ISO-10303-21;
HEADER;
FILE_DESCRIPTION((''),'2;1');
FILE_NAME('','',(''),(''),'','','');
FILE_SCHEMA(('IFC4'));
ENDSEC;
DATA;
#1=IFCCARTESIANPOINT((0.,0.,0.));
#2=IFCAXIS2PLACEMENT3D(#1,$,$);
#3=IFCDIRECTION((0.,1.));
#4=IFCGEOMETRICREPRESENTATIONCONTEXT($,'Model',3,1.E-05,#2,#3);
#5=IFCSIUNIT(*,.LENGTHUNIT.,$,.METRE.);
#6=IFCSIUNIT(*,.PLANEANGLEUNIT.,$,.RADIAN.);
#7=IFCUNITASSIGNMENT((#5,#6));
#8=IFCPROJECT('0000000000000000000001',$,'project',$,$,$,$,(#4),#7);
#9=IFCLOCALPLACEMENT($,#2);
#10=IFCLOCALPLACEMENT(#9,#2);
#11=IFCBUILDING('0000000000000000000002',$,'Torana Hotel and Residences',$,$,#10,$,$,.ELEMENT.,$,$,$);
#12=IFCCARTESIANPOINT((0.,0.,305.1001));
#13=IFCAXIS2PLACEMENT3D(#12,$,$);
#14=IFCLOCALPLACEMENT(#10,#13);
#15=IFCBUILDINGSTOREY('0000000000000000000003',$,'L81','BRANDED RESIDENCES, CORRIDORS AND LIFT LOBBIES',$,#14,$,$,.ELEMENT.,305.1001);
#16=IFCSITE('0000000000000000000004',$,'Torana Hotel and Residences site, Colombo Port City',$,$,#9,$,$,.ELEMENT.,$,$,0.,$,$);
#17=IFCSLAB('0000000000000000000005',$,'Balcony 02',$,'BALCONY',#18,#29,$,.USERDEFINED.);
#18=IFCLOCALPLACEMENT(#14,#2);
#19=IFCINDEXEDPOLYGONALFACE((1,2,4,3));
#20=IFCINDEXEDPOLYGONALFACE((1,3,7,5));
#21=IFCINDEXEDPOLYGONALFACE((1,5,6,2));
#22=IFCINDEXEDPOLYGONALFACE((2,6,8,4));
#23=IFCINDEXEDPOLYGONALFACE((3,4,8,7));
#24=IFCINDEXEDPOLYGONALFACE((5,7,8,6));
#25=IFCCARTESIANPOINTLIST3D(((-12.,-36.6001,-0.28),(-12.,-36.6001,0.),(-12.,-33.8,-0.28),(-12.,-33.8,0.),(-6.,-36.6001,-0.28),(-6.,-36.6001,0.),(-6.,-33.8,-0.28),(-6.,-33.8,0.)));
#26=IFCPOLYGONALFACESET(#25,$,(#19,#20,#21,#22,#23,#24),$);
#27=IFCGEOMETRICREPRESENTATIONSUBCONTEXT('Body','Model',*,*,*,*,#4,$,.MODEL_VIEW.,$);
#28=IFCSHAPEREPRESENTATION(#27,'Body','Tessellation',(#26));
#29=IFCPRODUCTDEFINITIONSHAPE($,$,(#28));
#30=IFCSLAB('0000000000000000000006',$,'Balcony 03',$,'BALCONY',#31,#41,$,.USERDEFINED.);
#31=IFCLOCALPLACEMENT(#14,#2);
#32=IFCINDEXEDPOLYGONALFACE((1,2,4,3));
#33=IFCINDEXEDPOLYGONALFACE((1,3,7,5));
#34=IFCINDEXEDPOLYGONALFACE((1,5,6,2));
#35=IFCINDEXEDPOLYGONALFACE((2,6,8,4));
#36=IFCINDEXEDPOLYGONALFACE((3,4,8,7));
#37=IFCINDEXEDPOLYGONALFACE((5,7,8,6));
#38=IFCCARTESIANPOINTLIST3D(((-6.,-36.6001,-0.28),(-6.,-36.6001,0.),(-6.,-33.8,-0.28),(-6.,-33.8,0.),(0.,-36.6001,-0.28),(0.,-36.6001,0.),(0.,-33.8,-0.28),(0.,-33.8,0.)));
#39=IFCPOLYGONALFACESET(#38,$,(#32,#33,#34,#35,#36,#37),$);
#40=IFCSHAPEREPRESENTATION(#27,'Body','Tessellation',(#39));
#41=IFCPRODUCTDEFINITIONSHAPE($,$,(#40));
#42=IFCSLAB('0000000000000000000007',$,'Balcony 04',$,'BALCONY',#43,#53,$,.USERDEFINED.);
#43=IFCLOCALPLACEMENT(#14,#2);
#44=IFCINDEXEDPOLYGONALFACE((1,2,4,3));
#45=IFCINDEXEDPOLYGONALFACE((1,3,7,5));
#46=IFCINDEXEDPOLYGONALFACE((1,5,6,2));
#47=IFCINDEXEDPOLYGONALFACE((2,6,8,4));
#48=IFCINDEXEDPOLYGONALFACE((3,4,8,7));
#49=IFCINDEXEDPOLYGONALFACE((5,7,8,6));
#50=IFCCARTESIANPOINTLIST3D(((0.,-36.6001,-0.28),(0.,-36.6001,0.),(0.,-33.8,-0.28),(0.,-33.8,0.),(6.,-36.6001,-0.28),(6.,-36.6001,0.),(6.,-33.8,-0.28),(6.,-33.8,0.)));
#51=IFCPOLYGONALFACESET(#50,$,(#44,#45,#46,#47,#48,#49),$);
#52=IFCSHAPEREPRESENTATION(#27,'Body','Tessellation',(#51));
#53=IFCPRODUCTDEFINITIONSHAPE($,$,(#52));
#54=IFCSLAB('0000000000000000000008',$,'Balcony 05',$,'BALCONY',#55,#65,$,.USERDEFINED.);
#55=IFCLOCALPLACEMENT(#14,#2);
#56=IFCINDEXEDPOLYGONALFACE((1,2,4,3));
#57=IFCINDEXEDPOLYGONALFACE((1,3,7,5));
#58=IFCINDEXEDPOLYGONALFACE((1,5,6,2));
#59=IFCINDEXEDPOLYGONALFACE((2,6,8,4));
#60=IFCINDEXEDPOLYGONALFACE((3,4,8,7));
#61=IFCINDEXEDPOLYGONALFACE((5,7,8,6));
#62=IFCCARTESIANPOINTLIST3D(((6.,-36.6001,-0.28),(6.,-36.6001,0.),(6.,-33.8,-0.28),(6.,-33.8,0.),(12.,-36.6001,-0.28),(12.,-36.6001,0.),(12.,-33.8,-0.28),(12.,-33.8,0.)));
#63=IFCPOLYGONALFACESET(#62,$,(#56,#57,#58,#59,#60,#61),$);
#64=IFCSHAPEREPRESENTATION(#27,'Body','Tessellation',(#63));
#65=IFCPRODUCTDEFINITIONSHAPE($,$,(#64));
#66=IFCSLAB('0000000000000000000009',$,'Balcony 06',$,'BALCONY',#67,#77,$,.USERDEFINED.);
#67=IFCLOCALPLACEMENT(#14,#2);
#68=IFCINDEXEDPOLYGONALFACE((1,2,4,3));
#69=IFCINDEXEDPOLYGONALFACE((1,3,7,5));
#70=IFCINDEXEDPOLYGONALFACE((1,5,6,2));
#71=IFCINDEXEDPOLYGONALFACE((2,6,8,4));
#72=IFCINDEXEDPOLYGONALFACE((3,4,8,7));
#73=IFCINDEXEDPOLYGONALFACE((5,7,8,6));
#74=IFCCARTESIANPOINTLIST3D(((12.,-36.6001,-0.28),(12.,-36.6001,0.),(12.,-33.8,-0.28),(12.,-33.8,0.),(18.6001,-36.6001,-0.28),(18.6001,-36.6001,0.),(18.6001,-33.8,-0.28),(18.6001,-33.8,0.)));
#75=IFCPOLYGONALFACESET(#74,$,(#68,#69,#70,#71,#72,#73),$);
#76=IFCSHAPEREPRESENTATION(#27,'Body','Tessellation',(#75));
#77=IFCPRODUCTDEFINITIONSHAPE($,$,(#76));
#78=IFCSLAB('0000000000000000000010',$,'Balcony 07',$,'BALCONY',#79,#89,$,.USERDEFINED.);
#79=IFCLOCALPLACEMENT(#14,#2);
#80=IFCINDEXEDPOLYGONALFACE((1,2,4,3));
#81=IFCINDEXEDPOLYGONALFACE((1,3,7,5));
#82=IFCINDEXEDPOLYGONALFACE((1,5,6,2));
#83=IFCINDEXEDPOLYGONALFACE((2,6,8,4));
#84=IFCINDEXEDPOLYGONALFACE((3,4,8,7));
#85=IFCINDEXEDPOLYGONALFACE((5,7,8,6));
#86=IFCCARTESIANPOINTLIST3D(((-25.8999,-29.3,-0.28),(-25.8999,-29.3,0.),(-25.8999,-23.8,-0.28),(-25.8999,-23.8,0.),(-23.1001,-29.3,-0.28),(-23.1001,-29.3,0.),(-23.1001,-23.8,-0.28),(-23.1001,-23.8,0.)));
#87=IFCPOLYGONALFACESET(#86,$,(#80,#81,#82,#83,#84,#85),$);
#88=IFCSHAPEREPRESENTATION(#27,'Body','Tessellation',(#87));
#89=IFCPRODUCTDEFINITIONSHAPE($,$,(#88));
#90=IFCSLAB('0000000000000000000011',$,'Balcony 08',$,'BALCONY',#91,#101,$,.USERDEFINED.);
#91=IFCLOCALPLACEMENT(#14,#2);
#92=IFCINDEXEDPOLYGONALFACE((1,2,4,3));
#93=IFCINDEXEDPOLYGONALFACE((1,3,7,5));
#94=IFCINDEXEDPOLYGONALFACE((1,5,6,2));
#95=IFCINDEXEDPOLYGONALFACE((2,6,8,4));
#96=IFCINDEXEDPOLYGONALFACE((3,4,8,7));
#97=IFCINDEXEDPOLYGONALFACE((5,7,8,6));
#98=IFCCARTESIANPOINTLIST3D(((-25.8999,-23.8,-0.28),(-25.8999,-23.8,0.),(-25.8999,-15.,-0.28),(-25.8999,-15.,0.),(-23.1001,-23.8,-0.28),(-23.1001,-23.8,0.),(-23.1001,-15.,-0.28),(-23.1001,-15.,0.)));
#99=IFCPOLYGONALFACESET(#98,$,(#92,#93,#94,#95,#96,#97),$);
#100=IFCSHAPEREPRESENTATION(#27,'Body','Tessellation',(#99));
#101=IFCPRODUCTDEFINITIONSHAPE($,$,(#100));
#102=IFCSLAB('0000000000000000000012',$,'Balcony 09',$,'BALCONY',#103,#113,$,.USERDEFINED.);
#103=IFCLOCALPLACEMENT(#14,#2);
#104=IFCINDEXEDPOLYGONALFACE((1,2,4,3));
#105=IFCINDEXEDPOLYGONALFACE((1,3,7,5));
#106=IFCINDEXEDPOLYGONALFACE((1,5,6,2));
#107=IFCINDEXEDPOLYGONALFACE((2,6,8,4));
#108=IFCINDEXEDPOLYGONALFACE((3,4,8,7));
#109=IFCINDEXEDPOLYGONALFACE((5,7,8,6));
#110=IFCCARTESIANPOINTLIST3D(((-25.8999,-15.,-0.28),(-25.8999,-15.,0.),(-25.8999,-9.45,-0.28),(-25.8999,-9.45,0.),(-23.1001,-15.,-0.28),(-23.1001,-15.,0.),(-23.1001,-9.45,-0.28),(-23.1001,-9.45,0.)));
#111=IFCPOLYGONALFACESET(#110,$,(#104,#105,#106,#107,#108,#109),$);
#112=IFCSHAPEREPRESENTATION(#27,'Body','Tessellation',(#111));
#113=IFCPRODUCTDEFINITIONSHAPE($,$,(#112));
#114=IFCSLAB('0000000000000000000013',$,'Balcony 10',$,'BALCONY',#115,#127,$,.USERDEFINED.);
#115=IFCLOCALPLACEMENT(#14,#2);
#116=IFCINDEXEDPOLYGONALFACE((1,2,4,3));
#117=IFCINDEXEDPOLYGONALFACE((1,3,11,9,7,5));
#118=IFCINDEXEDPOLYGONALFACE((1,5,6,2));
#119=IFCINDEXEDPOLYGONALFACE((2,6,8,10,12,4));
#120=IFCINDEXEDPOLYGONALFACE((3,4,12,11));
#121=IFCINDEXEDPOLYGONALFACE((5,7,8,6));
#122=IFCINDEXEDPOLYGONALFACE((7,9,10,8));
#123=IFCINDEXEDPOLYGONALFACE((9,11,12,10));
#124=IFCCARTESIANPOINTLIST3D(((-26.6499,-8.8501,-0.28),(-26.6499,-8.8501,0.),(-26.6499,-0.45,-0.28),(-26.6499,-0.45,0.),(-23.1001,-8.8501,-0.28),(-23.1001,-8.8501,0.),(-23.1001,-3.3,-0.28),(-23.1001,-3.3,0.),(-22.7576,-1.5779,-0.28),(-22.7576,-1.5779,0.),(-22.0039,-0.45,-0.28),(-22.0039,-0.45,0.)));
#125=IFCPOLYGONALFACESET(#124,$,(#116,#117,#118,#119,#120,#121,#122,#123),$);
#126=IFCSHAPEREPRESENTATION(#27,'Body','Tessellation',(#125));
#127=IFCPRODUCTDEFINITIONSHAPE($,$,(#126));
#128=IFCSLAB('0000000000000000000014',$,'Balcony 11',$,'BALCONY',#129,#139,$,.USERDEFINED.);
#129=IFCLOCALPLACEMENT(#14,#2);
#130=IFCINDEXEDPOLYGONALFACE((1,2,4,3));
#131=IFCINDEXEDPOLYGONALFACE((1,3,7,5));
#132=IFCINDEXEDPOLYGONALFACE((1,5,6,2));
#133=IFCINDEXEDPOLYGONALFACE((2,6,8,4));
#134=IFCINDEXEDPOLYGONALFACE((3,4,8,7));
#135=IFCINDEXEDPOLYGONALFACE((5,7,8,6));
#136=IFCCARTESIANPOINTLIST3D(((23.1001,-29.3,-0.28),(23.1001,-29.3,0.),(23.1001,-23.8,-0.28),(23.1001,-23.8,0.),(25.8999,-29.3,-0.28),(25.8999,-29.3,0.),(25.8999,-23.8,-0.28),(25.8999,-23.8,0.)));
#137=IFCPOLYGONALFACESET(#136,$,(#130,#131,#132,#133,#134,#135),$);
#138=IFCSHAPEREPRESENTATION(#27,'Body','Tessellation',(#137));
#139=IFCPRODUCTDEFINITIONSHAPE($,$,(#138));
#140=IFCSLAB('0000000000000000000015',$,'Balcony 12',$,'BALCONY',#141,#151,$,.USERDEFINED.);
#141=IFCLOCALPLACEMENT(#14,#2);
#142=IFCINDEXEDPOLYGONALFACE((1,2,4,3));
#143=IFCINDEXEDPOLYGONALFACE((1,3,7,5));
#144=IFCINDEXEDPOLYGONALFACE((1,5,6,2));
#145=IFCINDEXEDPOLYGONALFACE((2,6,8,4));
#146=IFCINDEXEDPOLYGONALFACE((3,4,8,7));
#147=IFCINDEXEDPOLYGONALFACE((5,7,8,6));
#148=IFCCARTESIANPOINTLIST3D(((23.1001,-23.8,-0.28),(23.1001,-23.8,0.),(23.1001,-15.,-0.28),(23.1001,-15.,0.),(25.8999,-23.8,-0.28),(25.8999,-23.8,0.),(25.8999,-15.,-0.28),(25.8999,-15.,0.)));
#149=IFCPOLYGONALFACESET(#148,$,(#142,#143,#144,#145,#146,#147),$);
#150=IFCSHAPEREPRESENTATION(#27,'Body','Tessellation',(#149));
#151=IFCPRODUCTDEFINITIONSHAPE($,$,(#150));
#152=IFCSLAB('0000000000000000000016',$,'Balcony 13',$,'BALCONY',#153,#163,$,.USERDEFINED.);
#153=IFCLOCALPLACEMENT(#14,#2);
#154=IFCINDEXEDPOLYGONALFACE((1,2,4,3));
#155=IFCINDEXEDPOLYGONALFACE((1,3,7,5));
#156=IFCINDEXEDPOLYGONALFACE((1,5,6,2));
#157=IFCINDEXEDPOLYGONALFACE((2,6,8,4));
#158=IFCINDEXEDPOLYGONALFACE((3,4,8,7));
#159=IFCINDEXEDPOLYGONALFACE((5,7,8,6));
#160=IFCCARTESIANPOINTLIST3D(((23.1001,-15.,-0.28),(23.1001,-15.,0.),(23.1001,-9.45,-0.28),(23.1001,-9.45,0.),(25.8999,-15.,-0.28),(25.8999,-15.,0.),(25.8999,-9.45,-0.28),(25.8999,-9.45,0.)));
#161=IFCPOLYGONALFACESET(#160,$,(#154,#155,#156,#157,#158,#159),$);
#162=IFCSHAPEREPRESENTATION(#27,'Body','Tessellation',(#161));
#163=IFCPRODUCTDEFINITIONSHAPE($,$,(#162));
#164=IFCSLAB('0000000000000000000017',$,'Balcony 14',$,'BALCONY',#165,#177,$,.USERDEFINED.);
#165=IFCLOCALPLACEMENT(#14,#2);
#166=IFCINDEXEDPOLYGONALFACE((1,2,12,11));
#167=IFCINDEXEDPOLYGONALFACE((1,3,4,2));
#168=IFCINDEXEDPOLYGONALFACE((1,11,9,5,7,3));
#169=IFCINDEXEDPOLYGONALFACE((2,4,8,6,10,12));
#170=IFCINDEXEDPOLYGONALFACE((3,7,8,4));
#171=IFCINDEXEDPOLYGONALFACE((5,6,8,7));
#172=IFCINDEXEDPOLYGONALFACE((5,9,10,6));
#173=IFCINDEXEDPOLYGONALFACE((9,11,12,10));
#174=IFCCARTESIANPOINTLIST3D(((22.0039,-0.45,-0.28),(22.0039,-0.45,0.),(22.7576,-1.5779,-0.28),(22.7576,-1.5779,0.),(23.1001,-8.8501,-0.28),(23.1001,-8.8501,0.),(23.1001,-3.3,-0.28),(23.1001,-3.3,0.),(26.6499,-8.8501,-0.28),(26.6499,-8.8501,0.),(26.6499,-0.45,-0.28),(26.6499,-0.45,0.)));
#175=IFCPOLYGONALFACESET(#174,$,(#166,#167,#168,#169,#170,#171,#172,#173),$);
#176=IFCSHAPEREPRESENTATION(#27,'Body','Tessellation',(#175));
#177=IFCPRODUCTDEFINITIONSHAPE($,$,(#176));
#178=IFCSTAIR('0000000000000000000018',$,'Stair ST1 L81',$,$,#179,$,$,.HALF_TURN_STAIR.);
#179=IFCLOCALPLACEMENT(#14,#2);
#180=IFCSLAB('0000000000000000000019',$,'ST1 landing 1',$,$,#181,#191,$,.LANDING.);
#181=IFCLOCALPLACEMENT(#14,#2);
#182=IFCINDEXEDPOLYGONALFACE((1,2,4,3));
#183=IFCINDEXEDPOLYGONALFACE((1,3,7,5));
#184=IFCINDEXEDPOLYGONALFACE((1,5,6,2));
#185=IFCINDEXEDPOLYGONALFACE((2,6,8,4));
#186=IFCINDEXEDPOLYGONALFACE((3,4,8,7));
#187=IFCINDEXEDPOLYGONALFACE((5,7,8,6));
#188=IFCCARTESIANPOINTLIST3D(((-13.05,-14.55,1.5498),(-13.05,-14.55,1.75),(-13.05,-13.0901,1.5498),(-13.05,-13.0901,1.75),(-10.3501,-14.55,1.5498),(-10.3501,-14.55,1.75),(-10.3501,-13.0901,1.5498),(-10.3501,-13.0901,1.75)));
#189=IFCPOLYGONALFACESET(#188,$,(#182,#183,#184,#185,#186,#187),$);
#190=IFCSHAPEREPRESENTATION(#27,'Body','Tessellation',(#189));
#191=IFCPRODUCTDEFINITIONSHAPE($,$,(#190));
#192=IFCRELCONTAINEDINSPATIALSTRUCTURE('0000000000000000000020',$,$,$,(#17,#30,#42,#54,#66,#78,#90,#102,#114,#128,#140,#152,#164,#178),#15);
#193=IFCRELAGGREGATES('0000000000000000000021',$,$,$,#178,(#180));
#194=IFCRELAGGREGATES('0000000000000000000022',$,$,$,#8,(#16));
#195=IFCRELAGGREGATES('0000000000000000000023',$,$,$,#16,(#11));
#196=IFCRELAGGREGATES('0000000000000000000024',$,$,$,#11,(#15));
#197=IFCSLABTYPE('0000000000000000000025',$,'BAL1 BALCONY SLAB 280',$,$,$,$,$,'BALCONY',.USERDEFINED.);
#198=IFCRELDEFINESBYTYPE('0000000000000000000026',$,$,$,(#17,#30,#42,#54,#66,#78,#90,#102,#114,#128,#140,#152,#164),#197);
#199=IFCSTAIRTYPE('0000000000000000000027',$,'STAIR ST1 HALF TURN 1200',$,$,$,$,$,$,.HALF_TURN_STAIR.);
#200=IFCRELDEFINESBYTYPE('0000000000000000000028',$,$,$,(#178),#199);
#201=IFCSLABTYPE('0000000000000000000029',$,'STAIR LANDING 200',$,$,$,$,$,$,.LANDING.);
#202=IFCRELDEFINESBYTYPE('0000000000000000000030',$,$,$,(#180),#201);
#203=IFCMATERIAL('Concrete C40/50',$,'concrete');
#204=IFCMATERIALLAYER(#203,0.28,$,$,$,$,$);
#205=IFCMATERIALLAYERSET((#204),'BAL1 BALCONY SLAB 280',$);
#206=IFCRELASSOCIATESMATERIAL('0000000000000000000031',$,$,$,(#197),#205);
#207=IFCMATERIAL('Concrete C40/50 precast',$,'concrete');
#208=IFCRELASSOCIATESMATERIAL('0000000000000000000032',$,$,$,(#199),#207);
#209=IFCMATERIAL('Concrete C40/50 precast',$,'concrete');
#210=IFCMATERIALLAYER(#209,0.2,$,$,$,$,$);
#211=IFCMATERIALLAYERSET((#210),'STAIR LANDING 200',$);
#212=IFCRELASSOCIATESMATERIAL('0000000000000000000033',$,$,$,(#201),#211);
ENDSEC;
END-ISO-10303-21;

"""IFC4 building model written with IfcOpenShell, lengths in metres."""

from ifc_helpers import new_model, si_unit, direction, frame, origin, place, context, subcontext, project, spatial, polyline, outline, extrude, material, layer, layer_set, type_object, element, aggregate, save


model = new_model("IFC4")

# Units and contexts
model_context = context("Model", 3, precision=1e-05, world=origin(), true_north=direction((0.0, 1.0)))
body_context = subcontext(model_context, "Body", "Model", "MODEL_VIEW")
ifc_project = project(units=[si_unit("LENGTHUNIT", "METRE"), si_unit("PLANEANGLEUNIT", "RADIAN")], contexts=[model_context])

# Site, building, storey
site_placement = place(None, origin())
site = spatial("IfcSite", under=ifc_project, at=site_placement, Name="Torana Hotel and Residences site, Colombo Port City", CompositionType="ELEMENT", RefElevation=0.0)
building_placement = place(site_placement, origin())
building = spatial("IfcBuilding", under=site, at=building_placement, Name="Torana Hotel and Residences", CompositionType="ELEMENT")
storey_placement = place(building_placement, frame((0.0, 0.0, 305.1001)))
storey = spatial("IfcBuildingStorey", under=building, at=storey_placement, Name="L81", Description="BRANDED RESIDENCES, CORRIDORS AND LIFT LOBBIES", CompositionType="ELEMENT", Elevation=305.1001)

# Slabs
ifc_material_1 = material(Name="Concrete C40/50", Category="concrete")
ifc_layer_1 = layer(ifc_material_1, 0.28)
ifc_layer_set_1 = layer_set([ifc_layer_1], Name="BAL1 BALCONY SLAB 280")
slab_type_1 = type_object("IfcSlabType", Name="BAL1 BALCONY SLAB 280", ElementType="BALCONY", PredefinedType="USERDEFINED", material=ifc_layer_set_1)
slab_1_placement = place(storey_placement, frame((0.0, 0.0, -0.28)))
element("IfcSlab", 1, at=slab_1_placement, inside=storey, type_object=slab_type_1, Name="Balcony 02", ObjectType="BALCONY", PredefinedType="USERDEFINED", context=body_context, shape_type="SweptSolid", body=[
    extrude(outline(polyline([(-12.0, -36.6001), (-6.0, -36.6001), (-6.0, -33.8), (-12.0, -33.8), (-12.0, -36.6001)])), origin(), (0.0, 0.0, 1.0), 0.28),
])
slab_2_placement = place(storey_placement, frame((0.0, 0.0, -0.28)))
element("IfcSlab", 2, at=slab_2_placement, inside=storey, type_object=slab_type_1, Name="Balcony 03", ObjectType="BALCONY", PredefinedType="USERDEFINED", context=body_context, shape_type="SweptSolid", body=[
    extrude(outline(polyline([(-6.0, -36.6001), (0.0, -36.6001), (0.0, -33.8), (-6.0, -33.8), (-6.0, -36.6001)])), origin(), (0.0, 0.0, 1.0), 0.28),
])
slab_3_placement = place(storey_placement, frame((0.0, 0.0, -0.28)))
element("IfcSlab", 3, at=slab_3_placement, inside=storey, type_object=slab_type_1, Name="Balcony 04", ObjectType="BALCONY", PredefinedType="USERDEFINED", context=body_context, shape_type="SweptSolid", body=[
    extrude(outline(polyline([(0.0, -36.6001), (6.0, -36.6001), (6.0, -33.8), (0.0, -33.8), (0.0, -36.6001)])), origin(), (0.0, 0.0, 1.0), 0.28),
])
slab_4_placement = place(storey_placement, frame((0.0, 0.0, -0.28)))
element("IfcSlab", 4, at=slab_4_placement, inside=storey, type_object=slab_type_1, Name="Balcony 05", ObjectType="BALCONY", PredefinedType="USERDEFINED", context=body_context, shape_type="SweptSolid", body=[
    extrude(outline(polyline([(6.0, -36.6001), (12.0, -36.6001), (12.0, -33.8), (6.0, -33.8), (6.0, -36.6001)])), origin(), (0.0, 0.0, 1.0), 0.28),
])
slab_5_placement = place(storey_placement, frame((0.0, 0.0, -0.28)))
element("IfcSlab", 5, at=slab_5_placement, inside=storey, type_object=slab_type_1, Name="Balcony 06", ObjectType="BALCONY", PredefinedType="USERDEFINED", context=body_context, shape_type="SweptSolid", body=[
    extrude(outline(polyline([(12.0, -36.6001), (18.6001, -36.6001), (18.6001, -33.8), (12.0, -33.8), (12.0, -36.6001)])), origin(), (0.0, 0.0, 1.0), 0.28),
])
slab_6_placement = place(storey_placement, frame((0.0, 0.0, -0.28)))
element("IfcSlab", 6, at=slab_6_placement, inside=storey, type_object=slab_type_1, Name="Balcony 07", ObjectType="BALCONY", PredefinedType="USERDEFINED", context=body_context, shape_type="SweptSolid", body=[
    extrude(outline(polyline([(-25.8999, -29.3), (-23.1001, -29.3), (-23.1001, -23.8), (-25.8999, -23.8), (-25.8999, -29.3)])), origin(), (0.0, 0.0, 1.0), 0.28),
])
slab_7_placement = place(storey_placement, frame((0.0, 0.0, -0.28)))
element("IfcSlab", 7, at=slab_7_placement, inside=storey, type_object=slab_type_1, Name="Balcony 08", ObjectType="BALCONY", PredefinedType="USERDEFINED", context=body_context, shape_type="SweptSolid", body=[
    extrude(outline(polyline([(-25.8999, -23.8), (-23.1001, -23.8), (-23.1001, -15.0), (-25.8999, -15.0), (-25.8999, -23.8)])), origin(), (0.0, 0.0, 1.0), 0.28),
])
slab_8_placement = place(storey_placement, frame((0.0, 0.0, -0.28)))
element("IfcSlab", 8, at=slab_8_placement, inside=storey, type_object=slab_type_1, Name="Balcony 09", ObjectType="BALCONY", PredefinedType="USERDEFINED", context=body_context, shape_type="SweptSolid", body=[
    extrude(outline(polyline([(-25.8999, -15.0), (-23.1001, -15.0), (-23.1001, -9.45), (-25.8999, -9.45), (-25.8999, -15.0)])), origin(), (0.0, 0.0, 1.0), 0.28),
])
slab_9_placement = place(storey_placement, frame((0.0, 0.0, -0.28)))
element("IfcSlab", 9, at=slab_9_placement, inside=storey, type_object=slab_type_1, Name="Balcony 10", ObjectType="BALCONY", PredefinedType="USERDEFINED", context=body_context, shape_type="SweptSolid", body=[
    extrude(outline(polyline([(-26.6499, -8.8501), (-23.1001, -8.8501), (-23.1001, -3.3), (-22.7576, -1.5779), (-22.0039, -0.45), (-26.6499, -0.45), (-26.6499, -8.8501)])), origin(), (0.0, 0.0, 1.0), 0.28),
])
slab_10_placement = place(storey_placement, frame((0.0, 0.0, -0.28)))
element("IfcSlab", 10, at=slab_10_placement, inside=storey, type_object=slab_type_1, Name="Balcony 11", ObjectType="BALCONY", PredefinedType="USERDEFINED", context=body_context, shape_type="SweptSolid", body=[
    extrude(outline(polyline([(23.1001, -29.3), (25.8999, -29.3), (25.8999, -23.8), (23.1001, -23.8), (23.1001, -29.3)])), origin(), (0.0, 0.0, 1.0), 0.28),
])
slab_11_placement = place(storey_placement, frame((0.0, 0.0, -0.28)))
element("IfcSlab", 11, at=slab_11_placement, inside=storey, type_object=slab_type_1, Name="Balcony 12", ObjectType="BALCONY", PredefinedType="USERDEFINED", context=body_context, shape_type="SweptSolid", body=[
    extrude(outline(polyline([(23.1001, -23.8), (25.8999, -23.8), (25.8999, -15.0), (23.1001, -15.0), (23.1001, -23.8)])), origin(), (0.0, 0.0, 1.0), 0.28),
])
slab_12_placement = place(storey_placement, frame((0.0, 0.0, -0.28)))
element("IfcSlab", 12, at=slab_12_placement, inside=storey, type_object=slab_type_1, Name="Balcony 13", ObjectType="BALCONY", PredefinedType="USERDEFINED", context=body_context, shape_type="SweptSolid", body=[
    extrude(outline(polyline([(23.1001, -15.0), (25.8999, -15.0), (25.8999, -9.45), (23.1001, -9.45), (23.1001, -15.0)])), origin(), (0.0, 0.0, 1.0), 0.28),
])
slab_13_placement = place(storey_placement, frame((0.0, 0.0, -0.28)))
element("IfcSlab", 13, at=slab_13_placement, inside=storey, type_object=slab_type_1, Name="Balcony 14", ObjectType="BALCONY", PredefinedType="USERDEFINED", context=body_context, shape_type="SweptSolid", body=[
    extrude(outline(polyline([(23.1001, -8.8501), (26.6499, -8.8501), (26.6499, -0.45), (22.0039, -0.45), (22.7576, -1.5779), (23.1001, -3.3), (23.1001, -8.8501)])), origin(), (0.0, 0.0, 1.0), 0.28),
])

# Stair, slab
ifc_material_2 = material(Name="Concrete C40/50 precast", Category="concrete")
stair_type_1 = type_object("IfcStairType", Name="STAIR ST1 HALF TURN 1200", PredefinedType="HALF_TURN_STAIR", material=ifc_material_2)
stair_1_placement = place(storey_placement, origin())
stair_1 = element("IfcStair", 14, at=stair_1_placement, inside=storey, type_object=stair_type_1, Name="Stair ST1 L81", PredefinedType="HALF_TURN_STAIR")
ifc_material_3 = material(Name="Concrete C40/50 precast", Category="concrete")
ifc_layer_2 = layer(ifc_material_3, 0.2)
ifc_layer_set_2 = layer_set([ifc_layer_2], Name="STAIR LANDING 200")
slab_type_2 = type_object("IfcSlabType", Name="STAIR LANDING 200", PredefinedType="LANDING", material=ifc_layer_set_2)
slab_14_placement = place(storey_placement, frame((0.0, 0.0, 1.5498)))
slab_14 = element("IfcSlab", 15, at=slab_14_placement, type_object=slab_type_2, Name="ST1 landing 1", PredefinedType="LANDING", context=body_context, shape_type="SweptSolid", body=[
    extrude(outline(polyline([(-13.05, -14.55), (-10.3501, -14.55), (-10.3501, -13.0901), (-13.05, -13.0901), (-13.05, -14.55)])), origin(), (0.0, 0.0, 1.0), 0.2002),
])
aggregate(stair_1, [slab_14])

save(model, "model.ifc")
